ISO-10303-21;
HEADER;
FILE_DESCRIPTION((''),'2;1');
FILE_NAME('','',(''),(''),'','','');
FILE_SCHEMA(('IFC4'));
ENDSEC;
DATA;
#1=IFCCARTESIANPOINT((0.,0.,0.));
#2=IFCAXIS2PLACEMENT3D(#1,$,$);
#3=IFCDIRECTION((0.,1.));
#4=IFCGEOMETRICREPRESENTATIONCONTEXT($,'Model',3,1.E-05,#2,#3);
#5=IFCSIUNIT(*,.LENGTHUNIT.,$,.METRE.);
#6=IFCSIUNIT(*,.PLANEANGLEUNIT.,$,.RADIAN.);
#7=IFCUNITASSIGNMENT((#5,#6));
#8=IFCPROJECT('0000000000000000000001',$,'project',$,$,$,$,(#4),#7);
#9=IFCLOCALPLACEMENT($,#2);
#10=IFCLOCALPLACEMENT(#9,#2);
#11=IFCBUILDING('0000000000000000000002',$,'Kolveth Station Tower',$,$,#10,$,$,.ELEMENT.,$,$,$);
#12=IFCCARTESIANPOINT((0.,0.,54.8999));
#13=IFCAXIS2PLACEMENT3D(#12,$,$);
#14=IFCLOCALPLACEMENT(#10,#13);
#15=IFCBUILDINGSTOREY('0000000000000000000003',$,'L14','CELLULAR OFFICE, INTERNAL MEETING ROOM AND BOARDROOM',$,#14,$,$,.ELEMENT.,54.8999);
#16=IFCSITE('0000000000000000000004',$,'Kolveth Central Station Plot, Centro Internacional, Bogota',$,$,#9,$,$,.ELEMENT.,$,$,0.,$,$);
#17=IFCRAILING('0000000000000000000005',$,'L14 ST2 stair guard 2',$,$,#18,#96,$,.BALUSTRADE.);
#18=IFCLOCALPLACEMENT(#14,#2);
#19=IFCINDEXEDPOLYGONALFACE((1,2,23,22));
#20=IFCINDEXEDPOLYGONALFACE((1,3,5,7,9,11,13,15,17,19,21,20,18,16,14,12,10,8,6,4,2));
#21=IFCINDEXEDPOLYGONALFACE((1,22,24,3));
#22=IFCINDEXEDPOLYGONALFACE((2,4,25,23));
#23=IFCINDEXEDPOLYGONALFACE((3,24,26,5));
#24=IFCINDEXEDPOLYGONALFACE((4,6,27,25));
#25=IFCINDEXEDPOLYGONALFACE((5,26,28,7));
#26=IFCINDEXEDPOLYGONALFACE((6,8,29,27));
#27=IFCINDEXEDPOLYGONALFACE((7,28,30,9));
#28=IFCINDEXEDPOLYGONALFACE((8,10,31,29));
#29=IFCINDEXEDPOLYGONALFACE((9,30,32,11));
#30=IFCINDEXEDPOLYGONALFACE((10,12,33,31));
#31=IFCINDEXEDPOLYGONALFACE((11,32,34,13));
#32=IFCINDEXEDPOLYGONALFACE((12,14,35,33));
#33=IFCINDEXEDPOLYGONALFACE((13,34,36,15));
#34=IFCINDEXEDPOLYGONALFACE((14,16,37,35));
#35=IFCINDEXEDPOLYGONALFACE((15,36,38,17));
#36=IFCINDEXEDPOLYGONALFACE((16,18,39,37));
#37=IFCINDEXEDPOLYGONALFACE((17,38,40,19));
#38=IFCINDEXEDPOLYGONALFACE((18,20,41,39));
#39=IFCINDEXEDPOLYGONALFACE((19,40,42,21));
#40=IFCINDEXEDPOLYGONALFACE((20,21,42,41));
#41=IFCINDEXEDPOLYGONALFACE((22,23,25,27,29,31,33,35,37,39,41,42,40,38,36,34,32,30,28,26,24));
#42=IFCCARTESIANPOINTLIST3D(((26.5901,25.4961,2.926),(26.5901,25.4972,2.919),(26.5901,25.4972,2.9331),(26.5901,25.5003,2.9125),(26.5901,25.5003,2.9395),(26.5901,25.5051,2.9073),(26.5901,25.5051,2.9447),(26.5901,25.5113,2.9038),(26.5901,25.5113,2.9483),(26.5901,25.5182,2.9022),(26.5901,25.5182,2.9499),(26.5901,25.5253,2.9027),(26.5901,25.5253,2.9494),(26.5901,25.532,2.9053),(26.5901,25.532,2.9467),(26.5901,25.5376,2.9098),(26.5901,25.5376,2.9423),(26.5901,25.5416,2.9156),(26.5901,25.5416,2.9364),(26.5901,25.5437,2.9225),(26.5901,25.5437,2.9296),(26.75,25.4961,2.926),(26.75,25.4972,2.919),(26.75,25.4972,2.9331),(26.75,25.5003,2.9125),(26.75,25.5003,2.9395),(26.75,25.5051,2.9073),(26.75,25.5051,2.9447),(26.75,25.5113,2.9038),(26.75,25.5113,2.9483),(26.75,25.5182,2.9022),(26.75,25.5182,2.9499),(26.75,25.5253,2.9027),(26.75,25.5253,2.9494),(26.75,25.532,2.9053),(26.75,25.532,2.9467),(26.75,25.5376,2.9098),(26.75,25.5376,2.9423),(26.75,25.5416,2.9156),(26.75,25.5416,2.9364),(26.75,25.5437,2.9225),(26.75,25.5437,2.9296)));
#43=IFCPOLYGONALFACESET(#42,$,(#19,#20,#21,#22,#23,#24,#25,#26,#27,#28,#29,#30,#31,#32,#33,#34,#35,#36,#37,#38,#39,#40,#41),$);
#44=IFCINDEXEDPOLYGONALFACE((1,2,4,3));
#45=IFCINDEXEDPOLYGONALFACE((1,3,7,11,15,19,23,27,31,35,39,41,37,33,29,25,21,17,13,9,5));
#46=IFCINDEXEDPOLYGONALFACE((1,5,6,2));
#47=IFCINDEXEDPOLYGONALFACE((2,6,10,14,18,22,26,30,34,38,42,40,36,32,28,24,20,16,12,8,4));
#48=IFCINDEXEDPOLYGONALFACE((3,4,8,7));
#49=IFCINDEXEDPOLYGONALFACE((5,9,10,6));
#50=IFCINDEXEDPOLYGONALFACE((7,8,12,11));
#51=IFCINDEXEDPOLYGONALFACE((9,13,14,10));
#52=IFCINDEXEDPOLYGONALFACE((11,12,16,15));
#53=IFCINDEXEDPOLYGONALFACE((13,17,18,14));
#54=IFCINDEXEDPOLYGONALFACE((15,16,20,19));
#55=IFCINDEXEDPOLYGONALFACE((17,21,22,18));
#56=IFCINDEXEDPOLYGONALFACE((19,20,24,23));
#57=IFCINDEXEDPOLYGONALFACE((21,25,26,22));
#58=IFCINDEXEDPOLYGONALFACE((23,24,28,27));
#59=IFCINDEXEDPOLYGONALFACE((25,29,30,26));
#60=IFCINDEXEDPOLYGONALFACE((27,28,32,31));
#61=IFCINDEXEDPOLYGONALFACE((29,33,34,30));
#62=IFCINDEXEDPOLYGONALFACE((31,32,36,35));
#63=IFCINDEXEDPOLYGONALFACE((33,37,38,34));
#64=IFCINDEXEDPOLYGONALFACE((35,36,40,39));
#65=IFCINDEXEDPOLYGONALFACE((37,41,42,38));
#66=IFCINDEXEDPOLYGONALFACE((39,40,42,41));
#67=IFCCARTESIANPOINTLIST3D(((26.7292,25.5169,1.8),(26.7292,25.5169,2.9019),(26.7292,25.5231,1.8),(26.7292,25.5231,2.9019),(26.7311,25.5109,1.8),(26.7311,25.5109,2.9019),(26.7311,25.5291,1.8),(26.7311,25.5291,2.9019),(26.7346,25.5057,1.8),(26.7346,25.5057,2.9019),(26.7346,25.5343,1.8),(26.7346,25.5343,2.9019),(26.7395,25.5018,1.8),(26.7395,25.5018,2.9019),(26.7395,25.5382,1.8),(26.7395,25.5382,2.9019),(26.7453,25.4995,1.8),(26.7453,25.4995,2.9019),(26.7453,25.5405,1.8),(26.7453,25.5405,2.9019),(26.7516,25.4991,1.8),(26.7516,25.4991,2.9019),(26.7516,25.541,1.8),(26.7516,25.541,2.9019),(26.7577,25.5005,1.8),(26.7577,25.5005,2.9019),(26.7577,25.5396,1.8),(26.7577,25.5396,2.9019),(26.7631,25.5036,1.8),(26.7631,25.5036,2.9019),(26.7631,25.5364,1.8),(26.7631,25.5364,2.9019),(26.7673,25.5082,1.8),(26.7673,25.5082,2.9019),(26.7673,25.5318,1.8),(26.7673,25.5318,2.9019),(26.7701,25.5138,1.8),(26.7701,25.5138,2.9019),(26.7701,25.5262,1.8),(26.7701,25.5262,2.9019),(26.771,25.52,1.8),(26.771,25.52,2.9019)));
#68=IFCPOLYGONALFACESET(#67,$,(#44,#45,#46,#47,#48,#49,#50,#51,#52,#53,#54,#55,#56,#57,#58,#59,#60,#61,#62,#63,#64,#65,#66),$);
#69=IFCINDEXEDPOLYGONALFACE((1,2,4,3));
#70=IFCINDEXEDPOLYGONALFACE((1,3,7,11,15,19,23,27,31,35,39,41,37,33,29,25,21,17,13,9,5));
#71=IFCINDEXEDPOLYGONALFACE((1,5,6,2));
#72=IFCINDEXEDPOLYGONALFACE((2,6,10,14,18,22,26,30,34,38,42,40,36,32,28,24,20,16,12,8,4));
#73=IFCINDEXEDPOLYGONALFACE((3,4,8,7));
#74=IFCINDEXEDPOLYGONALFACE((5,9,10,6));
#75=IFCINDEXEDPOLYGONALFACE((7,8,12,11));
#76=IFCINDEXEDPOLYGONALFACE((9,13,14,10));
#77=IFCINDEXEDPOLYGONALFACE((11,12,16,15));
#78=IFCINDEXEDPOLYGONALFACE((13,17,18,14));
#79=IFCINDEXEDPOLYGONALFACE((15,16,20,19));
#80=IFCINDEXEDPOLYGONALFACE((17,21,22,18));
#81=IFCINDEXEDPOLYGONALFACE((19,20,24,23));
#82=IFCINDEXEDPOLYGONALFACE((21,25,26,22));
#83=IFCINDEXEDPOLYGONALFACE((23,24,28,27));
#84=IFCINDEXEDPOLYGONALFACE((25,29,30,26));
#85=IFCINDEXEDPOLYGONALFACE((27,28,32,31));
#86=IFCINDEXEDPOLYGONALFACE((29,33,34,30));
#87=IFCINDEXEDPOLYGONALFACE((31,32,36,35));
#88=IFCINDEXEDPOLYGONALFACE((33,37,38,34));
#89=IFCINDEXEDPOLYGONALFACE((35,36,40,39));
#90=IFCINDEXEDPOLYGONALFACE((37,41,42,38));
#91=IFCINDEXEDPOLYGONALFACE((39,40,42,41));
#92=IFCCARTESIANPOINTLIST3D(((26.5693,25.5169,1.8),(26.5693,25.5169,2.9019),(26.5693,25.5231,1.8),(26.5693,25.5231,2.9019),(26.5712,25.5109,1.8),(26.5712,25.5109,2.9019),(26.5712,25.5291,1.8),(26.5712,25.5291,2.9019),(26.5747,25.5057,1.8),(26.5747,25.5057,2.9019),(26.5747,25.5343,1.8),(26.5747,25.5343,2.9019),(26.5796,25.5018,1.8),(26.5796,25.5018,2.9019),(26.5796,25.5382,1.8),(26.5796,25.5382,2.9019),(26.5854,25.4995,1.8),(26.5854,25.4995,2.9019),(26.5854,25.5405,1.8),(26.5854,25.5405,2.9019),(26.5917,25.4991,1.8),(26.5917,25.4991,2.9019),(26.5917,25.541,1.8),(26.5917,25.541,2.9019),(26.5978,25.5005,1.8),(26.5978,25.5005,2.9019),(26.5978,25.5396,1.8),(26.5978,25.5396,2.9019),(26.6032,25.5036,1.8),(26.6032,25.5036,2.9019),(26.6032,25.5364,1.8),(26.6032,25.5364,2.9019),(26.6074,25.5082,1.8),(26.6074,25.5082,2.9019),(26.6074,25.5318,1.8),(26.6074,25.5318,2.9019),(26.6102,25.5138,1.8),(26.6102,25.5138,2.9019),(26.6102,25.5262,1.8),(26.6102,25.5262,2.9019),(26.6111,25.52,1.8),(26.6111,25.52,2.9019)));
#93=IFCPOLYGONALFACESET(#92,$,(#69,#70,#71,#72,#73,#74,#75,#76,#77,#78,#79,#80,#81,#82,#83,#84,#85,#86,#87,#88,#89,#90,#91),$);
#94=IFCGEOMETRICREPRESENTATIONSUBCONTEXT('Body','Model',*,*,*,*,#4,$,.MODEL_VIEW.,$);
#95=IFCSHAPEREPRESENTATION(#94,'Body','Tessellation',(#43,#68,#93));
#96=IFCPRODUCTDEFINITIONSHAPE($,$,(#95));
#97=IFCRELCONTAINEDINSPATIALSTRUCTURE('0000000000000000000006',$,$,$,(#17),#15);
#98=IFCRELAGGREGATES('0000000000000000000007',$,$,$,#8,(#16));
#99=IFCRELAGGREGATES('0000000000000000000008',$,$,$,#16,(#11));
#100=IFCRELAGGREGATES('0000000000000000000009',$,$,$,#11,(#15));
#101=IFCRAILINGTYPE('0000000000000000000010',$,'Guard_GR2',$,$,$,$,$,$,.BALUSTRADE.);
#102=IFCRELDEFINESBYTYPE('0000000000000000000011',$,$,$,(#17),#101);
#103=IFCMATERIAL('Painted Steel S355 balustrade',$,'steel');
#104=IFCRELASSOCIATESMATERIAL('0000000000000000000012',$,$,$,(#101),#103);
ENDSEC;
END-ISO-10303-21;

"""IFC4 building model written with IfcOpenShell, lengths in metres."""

from ifc_helpers import new_model, si_unit, direction, frame, origin, origin_2d, place, context, subcontext, project, spatial, circle, extrude, material, type_object, element, save


model = new_model("IFC4")

# Units and contexts
model_context = context("Model", 3, precision=1e-05, world=origin(), true_north=direction((0.0, 1.0)))
body_context = subcontext(model_context, "Body", "Model", "MODEL_VIEW")
ifc_project = project(units=[si_unit("LENGTHUNIT", "METRE"), si_unit("PLANEANGLEUNIT", "RADIAN")], contexts=[model_context])

# Site, building, storey
site_placement = place(None, origin())
site = spatial("IfcSite", under=ifc_project, at=site_placement, Name="Kolveth Central Station Plot, Centro Internacional, Bogota", CompositionType="ELEMENT", RefElevation=0.0)
building_placement = place(site_placement, origin())
building = spatial("IfcBuilding", under=site, at=building_placement, Name="Kolveth Station Tower", CompositionType="ELEMENT")
storey_placement = place(building_placement, frame((0.0, 0.0, 54.8999)))
storey = spatial("IfcBuildingStorey", under=building, at=storey_placement, Name="L14", Description="CELLULAR OFFICE, INTERNAL MEETING ROOM AND BOARDROOM", CompositionType="ELEMENT", Elevation=54.8999)

# Railing
ifc_material_1 = material(Name="Painted Steel S355 balustrade", Category="steel")
railing_type_1 = type_object("IfcRailingType", Name="Guard_GR2", PredefinedType="BALUSTRADE", material=ifc_material_1)
railing_1_placement = place(storey_placement, frame((26.75, 25.52, 1.8)))
element("IfcRailing", 1, at=railing_1_placement, inside=storey, type_object=railing_type_1, Name="L14 ST2 stair guard 2", PredefinedType="BALUSTRADE", context=body_context, shape_type="SweptSolid", body=[
    extrude(circle(Radius=0.0239, at=origin_2d()), frame((0.0, 0.0, 1.126), z_axis=(-1.0, 0.0, 0.0), x_axis=(0.0, -1.0, 0.0)), (0.0, 0.0, 1.0), 0.1599),
    extrude(circle(Radius=0.021, at=origin_2d()), origin(), (0.0, 0.0, 1.0), 1.1018),
    extrude(circle(Radius=0.021, at=origin_2d()), frame((-0.1599, 0.0, 0.0)), (0.0, 0.0, 1.0), 1.1018),
])

save(model, "model.ifc")
